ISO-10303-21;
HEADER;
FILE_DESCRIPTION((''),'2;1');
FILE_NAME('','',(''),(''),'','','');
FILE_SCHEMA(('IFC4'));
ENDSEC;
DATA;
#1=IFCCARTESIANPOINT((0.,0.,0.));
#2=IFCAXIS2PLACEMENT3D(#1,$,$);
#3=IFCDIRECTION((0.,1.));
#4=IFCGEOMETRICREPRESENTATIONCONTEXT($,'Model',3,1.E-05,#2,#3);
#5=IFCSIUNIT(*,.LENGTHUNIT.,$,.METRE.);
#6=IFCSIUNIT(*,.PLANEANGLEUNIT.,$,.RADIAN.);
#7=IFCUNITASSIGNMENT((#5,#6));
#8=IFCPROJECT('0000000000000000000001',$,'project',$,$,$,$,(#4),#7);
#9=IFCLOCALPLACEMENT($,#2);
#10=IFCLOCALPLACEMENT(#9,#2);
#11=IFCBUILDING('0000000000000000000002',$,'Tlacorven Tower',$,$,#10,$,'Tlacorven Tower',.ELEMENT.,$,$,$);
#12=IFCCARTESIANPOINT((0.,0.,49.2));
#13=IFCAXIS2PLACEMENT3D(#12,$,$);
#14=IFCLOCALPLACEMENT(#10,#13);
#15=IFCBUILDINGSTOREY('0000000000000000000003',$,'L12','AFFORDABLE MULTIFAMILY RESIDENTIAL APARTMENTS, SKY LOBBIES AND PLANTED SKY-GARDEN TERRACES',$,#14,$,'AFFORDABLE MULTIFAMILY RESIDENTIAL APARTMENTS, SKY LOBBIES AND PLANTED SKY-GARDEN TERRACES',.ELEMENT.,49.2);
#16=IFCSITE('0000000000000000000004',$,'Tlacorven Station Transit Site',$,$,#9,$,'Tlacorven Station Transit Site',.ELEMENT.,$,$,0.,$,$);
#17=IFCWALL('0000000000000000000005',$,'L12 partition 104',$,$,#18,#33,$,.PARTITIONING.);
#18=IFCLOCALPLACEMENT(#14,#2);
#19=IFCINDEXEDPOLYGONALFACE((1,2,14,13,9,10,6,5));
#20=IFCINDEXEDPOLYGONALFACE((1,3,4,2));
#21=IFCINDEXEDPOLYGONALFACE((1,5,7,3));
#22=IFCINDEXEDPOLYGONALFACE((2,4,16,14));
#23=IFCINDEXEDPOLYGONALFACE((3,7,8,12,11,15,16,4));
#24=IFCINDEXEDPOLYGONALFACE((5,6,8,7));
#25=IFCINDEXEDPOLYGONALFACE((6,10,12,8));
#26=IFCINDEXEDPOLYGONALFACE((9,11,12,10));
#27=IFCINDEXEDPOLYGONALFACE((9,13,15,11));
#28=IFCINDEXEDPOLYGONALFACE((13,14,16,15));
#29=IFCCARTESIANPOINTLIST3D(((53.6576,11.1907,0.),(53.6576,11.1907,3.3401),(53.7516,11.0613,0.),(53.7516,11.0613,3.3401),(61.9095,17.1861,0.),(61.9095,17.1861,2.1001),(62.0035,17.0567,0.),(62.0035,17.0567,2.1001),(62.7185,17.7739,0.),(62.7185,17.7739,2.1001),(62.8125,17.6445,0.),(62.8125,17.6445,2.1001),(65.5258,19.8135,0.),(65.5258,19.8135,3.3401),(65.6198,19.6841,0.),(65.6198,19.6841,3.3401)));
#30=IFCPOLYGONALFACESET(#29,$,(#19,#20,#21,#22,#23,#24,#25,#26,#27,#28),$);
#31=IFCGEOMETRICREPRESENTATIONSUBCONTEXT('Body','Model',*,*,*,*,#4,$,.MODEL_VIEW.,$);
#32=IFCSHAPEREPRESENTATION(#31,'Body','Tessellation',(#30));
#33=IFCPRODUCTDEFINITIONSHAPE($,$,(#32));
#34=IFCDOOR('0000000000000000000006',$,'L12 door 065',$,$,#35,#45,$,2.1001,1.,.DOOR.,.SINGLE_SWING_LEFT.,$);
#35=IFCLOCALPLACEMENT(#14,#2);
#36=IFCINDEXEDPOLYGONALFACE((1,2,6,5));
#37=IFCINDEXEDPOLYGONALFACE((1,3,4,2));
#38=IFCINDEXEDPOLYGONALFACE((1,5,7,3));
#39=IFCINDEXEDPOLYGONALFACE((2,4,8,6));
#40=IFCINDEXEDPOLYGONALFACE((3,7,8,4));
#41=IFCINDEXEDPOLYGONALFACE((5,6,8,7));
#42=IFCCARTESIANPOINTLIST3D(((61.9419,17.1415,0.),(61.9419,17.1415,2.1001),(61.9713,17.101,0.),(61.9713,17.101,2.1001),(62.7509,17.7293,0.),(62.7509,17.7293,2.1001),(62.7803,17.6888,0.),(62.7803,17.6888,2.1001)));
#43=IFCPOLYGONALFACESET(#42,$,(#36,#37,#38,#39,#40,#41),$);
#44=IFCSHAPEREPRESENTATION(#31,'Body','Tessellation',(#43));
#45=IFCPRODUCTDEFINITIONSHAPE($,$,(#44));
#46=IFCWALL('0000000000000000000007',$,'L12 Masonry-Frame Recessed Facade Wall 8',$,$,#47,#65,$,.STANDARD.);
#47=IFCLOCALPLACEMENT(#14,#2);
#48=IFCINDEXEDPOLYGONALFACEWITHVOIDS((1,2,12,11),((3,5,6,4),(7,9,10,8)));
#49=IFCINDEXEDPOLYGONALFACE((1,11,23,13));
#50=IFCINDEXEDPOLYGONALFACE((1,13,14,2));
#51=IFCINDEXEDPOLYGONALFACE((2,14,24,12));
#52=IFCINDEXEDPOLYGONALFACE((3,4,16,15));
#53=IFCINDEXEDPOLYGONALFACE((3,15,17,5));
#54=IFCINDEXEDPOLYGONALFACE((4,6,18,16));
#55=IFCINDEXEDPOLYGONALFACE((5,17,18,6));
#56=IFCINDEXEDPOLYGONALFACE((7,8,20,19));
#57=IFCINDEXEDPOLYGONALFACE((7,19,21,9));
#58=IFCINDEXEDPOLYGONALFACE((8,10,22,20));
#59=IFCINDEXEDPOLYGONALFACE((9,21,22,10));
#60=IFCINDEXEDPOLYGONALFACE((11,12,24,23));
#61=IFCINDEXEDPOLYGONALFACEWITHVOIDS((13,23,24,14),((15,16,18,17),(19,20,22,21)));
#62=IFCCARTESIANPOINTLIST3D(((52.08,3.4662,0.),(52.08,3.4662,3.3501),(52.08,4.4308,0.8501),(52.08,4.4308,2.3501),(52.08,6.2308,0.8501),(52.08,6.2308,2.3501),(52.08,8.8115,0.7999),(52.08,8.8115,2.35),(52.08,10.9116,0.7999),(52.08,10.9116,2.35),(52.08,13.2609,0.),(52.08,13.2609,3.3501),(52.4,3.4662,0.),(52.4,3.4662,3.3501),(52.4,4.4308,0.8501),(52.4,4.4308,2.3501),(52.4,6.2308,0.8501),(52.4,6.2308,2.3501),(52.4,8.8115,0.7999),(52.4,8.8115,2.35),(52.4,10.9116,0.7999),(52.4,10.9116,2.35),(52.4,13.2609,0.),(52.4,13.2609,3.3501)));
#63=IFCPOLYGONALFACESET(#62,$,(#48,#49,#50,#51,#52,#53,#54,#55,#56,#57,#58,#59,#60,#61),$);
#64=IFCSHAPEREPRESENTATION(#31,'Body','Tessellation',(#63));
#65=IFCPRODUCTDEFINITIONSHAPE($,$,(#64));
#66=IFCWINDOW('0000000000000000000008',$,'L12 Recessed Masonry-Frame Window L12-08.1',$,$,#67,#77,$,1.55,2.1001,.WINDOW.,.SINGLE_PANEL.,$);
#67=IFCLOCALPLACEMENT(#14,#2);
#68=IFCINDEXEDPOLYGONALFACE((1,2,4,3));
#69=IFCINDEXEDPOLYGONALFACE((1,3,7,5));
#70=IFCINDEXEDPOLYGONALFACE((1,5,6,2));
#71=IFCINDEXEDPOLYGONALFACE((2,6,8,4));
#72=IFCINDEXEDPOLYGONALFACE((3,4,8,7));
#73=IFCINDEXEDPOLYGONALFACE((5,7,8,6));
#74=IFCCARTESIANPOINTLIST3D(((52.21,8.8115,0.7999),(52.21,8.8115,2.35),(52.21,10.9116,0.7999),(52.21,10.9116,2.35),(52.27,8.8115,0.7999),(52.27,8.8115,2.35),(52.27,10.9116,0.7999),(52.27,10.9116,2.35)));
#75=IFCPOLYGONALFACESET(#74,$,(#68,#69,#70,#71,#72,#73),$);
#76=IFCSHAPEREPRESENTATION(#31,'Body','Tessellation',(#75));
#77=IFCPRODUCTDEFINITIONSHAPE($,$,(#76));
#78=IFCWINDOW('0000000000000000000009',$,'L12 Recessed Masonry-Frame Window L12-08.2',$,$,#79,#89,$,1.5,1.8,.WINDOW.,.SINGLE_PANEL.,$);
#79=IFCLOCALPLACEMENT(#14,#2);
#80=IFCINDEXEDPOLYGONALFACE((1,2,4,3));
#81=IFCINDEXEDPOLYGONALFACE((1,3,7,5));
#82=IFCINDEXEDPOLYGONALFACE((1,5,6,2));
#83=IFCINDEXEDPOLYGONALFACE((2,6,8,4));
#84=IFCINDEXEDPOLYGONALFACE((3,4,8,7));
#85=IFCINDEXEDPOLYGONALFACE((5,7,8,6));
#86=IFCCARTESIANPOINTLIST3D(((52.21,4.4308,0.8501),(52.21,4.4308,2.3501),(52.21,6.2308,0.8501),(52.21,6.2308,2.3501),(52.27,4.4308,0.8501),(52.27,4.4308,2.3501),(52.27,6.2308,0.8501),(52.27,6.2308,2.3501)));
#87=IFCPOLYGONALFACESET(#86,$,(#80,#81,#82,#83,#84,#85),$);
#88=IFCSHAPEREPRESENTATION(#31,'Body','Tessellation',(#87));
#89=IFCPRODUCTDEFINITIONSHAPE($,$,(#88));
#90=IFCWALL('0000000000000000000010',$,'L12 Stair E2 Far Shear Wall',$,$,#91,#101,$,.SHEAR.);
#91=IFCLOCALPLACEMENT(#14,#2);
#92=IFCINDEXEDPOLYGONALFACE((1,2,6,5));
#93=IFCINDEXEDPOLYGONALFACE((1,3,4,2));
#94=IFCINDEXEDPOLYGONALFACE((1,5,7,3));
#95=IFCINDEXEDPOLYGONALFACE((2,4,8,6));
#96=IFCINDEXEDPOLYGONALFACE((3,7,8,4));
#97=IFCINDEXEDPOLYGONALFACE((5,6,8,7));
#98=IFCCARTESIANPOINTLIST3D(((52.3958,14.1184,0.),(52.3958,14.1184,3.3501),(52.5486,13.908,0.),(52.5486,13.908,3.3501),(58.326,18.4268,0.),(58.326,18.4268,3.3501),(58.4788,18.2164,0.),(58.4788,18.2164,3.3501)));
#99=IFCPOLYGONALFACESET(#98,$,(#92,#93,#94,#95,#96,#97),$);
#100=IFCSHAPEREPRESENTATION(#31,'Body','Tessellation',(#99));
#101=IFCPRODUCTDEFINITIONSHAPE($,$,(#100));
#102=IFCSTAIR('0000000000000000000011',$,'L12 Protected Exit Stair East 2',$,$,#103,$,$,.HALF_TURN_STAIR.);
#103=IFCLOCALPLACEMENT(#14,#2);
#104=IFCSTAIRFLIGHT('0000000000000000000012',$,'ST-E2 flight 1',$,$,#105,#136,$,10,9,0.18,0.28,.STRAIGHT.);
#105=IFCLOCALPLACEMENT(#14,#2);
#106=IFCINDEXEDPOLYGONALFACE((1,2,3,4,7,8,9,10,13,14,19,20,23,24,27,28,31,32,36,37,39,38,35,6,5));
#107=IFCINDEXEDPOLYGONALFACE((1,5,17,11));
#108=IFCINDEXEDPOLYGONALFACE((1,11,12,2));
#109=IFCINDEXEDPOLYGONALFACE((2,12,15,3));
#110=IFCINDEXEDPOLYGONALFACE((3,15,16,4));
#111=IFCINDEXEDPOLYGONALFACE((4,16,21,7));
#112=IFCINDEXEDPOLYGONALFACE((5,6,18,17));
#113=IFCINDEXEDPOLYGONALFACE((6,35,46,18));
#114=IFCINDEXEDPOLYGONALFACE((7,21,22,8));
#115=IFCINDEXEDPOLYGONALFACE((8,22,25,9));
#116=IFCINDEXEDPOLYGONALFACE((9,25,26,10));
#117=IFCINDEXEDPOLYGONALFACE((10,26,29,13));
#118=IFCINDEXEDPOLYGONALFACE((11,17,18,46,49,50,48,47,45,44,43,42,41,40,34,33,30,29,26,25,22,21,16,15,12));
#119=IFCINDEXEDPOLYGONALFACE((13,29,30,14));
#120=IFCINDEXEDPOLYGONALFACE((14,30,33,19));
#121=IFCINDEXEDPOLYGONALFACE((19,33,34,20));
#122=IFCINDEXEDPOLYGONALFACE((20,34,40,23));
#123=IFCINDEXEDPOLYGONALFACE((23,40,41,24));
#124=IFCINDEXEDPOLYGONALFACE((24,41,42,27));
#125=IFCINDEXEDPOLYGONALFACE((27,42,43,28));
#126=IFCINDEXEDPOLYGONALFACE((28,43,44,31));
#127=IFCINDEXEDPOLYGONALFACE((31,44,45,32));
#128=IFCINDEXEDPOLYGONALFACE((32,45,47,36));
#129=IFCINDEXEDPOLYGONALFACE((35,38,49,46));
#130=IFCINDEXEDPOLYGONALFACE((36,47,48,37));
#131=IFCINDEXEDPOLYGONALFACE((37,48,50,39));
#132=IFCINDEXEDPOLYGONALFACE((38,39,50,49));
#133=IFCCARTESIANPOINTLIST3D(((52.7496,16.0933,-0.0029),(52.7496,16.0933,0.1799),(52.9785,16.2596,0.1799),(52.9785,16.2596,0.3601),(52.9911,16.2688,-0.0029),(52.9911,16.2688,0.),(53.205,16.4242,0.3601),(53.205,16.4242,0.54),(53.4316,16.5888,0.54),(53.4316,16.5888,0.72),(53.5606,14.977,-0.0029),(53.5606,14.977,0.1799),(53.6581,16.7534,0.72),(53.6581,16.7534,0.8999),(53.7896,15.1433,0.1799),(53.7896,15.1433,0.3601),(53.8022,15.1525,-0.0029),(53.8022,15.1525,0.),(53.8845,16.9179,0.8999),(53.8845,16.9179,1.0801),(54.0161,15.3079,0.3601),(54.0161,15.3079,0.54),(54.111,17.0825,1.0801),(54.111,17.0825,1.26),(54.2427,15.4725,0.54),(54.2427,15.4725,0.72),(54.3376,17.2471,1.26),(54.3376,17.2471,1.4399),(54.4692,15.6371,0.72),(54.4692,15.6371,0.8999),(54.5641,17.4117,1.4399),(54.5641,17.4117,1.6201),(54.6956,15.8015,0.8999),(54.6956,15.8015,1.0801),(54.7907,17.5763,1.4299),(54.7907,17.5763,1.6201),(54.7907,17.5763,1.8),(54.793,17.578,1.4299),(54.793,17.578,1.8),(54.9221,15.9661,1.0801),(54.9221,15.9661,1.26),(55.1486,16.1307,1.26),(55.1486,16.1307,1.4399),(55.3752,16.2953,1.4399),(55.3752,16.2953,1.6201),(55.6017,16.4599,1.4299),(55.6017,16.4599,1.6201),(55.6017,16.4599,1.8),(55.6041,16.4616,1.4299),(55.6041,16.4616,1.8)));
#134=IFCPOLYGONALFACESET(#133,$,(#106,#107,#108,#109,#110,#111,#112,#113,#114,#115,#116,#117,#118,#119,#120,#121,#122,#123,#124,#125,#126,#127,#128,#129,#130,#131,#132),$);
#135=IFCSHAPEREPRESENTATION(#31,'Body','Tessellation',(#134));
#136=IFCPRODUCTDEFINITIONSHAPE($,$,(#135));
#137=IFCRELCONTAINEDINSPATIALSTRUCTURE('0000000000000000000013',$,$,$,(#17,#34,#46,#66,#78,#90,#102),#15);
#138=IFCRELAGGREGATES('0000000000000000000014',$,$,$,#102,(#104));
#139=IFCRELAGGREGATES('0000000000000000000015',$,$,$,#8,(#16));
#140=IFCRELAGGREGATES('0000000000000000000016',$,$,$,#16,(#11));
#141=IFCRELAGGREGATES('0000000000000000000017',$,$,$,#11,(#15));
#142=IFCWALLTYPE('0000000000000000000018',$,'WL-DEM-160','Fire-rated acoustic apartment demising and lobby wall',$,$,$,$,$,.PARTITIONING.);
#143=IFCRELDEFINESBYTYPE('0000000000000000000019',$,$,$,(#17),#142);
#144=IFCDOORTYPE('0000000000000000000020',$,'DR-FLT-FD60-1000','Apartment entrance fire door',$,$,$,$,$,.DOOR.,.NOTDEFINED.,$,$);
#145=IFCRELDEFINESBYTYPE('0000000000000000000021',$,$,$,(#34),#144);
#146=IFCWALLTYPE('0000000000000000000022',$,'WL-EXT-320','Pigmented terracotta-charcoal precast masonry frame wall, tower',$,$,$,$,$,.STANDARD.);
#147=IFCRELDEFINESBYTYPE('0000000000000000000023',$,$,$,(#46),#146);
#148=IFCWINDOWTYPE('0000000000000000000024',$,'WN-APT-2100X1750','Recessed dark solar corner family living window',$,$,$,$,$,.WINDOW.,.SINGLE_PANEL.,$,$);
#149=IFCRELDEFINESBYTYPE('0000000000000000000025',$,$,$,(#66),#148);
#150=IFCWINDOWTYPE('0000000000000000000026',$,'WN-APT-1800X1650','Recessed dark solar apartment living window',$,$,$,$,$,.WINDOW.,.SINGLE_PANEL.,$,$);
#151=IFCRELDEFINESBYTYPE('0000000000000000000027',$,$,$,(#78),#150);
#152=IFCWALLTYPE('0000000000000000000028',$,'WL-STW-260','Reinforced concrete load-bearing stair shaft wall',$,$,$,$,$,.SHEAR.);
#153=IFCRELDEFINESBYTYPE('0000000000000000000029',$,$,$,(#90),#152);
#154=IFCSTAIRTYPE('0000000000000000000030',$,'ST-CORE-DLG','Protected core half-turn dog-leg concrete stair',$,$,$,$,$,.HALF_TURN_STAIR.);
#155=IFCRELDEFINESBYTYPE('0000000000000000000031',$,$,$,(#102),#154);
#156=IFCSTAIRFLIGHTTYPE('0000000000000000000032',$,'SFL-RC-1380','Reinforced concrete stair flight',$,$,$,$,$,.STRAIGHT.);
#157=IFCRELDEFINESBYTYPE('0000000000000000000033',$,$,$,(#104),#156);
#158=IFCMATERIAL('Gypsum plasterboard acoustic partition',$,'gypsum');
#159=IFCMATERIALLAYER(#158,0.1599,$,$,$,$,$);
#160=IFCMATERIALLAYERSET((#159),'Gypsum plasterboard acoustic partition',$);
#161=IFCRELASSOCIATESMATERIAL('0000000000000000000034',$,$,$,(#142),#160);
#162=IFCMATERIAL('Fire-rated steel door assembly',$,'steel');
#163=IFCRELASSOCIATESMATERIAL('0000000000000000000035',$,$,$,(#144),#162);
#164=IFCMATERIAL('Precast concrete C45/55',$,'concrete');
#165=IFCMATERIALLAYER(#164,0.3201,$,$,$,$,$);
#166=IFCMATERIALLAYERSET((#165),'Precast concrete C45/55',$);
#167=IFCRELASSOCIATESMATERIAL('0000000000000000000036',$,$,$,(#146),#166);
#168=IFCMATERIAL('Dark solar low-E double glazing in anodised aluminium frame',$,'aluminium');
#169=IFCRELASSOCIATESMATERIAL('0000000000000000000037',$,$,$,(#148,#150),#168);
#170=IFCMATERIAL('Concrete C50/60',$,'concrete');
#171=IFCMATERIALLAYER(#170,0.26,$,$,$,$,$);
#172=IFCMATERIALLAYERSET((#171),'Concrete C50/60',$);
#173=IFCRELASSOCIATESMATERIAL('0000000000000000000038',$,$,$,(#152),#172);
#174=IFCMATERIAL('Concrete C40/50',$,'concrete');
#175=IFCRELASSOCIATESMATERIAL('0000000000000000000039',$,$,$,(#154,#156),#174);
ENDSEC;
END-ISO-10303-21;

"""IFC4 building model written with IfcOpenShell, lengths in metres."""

from ifc_helpers import new_model, si_unit, direction, frame, frame_2d, origin, place, context, subcontext, project, spatial, polyline, rectangle, outline, extrude, source, transform, mapped, material, layer, layer_set, type_object, element, fill, aggregate, save


model = new_model("IFC4")

# Units and contexts
model_context = context("Model", 3, precision=1e-05, world=origin(), true_north=direction((0.0, 1.0)))
body_context = subcontext(model_context, "Body", "Model", "MODEL_VIEW")
ifc_project = project(units=[si_unit("LENGTHUNIT", "METRE"), si_unit("PLANEANGLEUNIT", "RADIAN")], contexts=[model_context])

# Site, building, storey
site_placement = place(None, origin())
site = spatial("IfcSite", under=ifc_project, at=site_placement, Name="Tlacorven Station Transit Site", LongName="Tlacorven Station Transit Site", CompositionType="ELEMENT", RefElevation=0.0)
building_placement = place(site_placement, origin())
building = spatial("IfcBuilding", under=site, at=building_placement, Name="Tlacorven Tower", LongName="Tlacorven Tower", CompositionType="ELEMENT")
storey_placement = place(building_placement, frame((0.0, 0.0, 49.2)))
storey = spatial("IfcBuildingStorey", under=building, at=storey_placement, Name="L12", Description="AFFORDABLE MULTIFAMILY RESIDENTIAL APARTMENTS, SKY LOBBIES AND PLANTED SKY-GARDEN TERRACES", LongName="AFFORDABLE MULTIFAMILY RESIDENTIAL APARTMENTS, SKY LOBBIES AND PLANTED SKY-GARDEN TERRACES", CompositionType="ELEMENT", Elevation=49.2)

# Wall, opening, door
ifc_material_1 = material(Name="Gypsum plasterboard acoustic partition", Category="gypsum")
ifc_layer_1 = layer(ifc_material_1, 0.1599)
ifc_layer_set_1 = layer_set([ifc_layer_1], Name="Gypsum plasterboard acoustic partition")
wall_type_1 = type_object("IfcWallType", Name="WL-DEM-160", Description="Fire-rated acoustic apartment demising and lobby wall", PredefinedType="PARTITIONING", material=ifc_layer_set_1)
wall_1_placement = place(storey_placement, frame((53.7046, 11.126, 0.0), z_axis=(0.0, 0.0, 1.0), x_axis=(0.809015, 0.587789, 0.0)))
wall_1 = element("IfcWall", 1, at=wall_1_placement, inside=storey, type_object=wall_type_1, Name="L12 partition 104", PredefinedType="PARTITIONING", context=body_context, shape_type="SweptSolid", body=[
    extrude(rectangle(XDim=14.6699, YDim=0.1599, at=frame_2d((7.335, 0.0))), origin(), (0.0, 0.0, 1.0), 3.3401),
])
opening_1_placement = place(wall_1_placement, frame((10.2, 0.0, 0.0)))
opening_1 = element("IfcOpeningElement", 2, at=opening_1_placement, cuts=wall_1, PredefinedType="OPENING", context=body_context, shape_type="SweptSolid", body=[
    extrude(rectangle(XDim=1.0, YDim=2.1001, at=frame_2d((0.5, 1.05))), frame((0.0, 0.0898, 0.0), z_axis=(0.0, -1.0, 0.0), x_axis=(1.0, 0.0, 0.0)), (0.0, 0.0, 1.0), 0.1799),
])
ifc_material_2 = material(Name="Fire-rated steel door assembly", Category="steel")
door_type = type_object("IfcDoorType", Name="DR-FLT-FD60-1000", Description="Apartment entrance fire door", OperationType="NOTDEFINED", PredefinedType="DOOR", material=ifc_material_2)
shared_shape_1 = source(origin(), body_context, "Body", "SweptSolid", [
    extrude(rectangle(XDim=1.0, YDim=2.1001, at=frame_2d((0.5, 1.05))), frame((0.0, 0.0249, 0.0), z_axis=(0.0, -1.0, 0.0), x_axis=(1.0, 0.0, 0.0)), (0.0, 0.0, 1.0), 0.05),
])
door_placement = place(opening_1_placement, origin())
door = element("IfcDoor", 3, at=door_placement, inside=storey, type_object=door_type, Name="L12 door 065", OperationType="SINGLE_SWING_LEFT", OverallHeight=2.1001, OverallWidth=1.0, PredefinedType="DOOR", context=body_context, shape_type="MappedRepresentation", body=[
    mapped(shared_shape_1, transform((0.0, 0.0, 0.0), scale=1.0)),
])
fill(opening_1, door)

# Wall, openings, windows
ifc_material_3 = material(Name="Precast concrete C45/55", Category="concrete")
ifc_layer_2 = layer(ifc_material_3, 0.3201)
ifc_layer_set_2 = layer_set([ifc_layer_2], Name="Precast concrete C45/55")
wall_type_2 = type_object("IfcWallType", Name="WL-EXT-320", Description="Pigmented terracotta-charcoal precast masonry frame wall, tower", PredefinedType="STANDARD", material=ifc_layer_set_2)
wall_2_placement = place(storey_placement, frame((52.24, 13.261, 0.0), z_axis=(0.0, 0.0, 1.0), x_axis=(0.0, -1.0, 0.0)))
wall_2 = element("IfcWall", 4, at=wall_2_placement, inside=storey, type_object=wall_type_2, Name="L12 Masonry-Frame Recessed Facade Wall 8", PredefinedType="STANDARD", context=body_context, shape_type="SweptSolid", body=[
    extrude(rectangle(XDim=9.7947, YDim=0.3201, at=frame_2d((4.8975, 0.0))), origin(), (0.0, 0.0, 1.0), 3.3501),
])
opening_2_placement = place(wall_2_placement, frame((2.3494, 0.0, 0.8)))
opening_2 = element("IfcOpeningElement", 5, at=opening_2_placement, cuts=wall_2, PredefinedType="OPENING", context=body_context, shape_type="SweptSolid", body=[
    extrude(rectangle(XDim=2.1001, YDim=1.55, at=frame_2d((1.05, 0.7749))), frame((0.0, 0.1699, 0.0), z_axis=(0.0, -1.0, 0.0), x_axis=(1.0, 0.0, 0.0)), (0.0, 0.0, 1.0), 0.3401),
])
opening_3_placement = place(wall_2_placement, frame((7.0303, 0.0, 0.8501)))
opening_3 = element("IfcOpeningElement", 6, at=opening_3_placement, cuts=wall_2, PredefinedType="OPENING", context=body_context, shape_type="SweptSolid", body=[
    extrude(rectangle(XDim=1.8, YDim=1.5, at=frame_2d((0.8999, 0.75))), frame((0.0, 0.1699, 0.0), z_axis=(0.0, -1.0, 0.0), x_axis=(1.0, 0.0, 0.0)), (0.0, 0.0, 1.0), 0.3401),
])
ifc_material_4 = material(Name="Dark solar low-E double glazing in anodised aluminium frame", Category="aluminium")
window_type_1 = type_object("IfcWindowType", Name="WN-APT-2100X1750", Description="Recessed dark solar corner family living window", PartitioningType="SINGLE_PANEL", PredefinedType="WINDOW", material=ifc_material_4)
shared_shape_2 = source(origin(), body_context, "Body", "SweptSolid", [
    extrude(rectangle(XDim=2.1001, YDim=1.55, at=frame_2d((1.05, 0.7749))), frame((0.0, 0.03, 0.0), z_axis=(0.0, -1.0, 0.0), x_axis=(1.0, 0.0, 0.0)), (0.0, 0.0, 1.0), 0.0601),
])
window_1_placement = place(opening_2_placement, origin())
window_1 = element("IfcWindow", 7, at=window_1_placement, inside=storey, type_object=window_type_1, Name="L12 Recessed Masonry-Frame Window L12-08.1", OverallHeight=1.55, OverallWidth=2.1001, PartitioningType="SINGLE_PANEL", PredefinedType="WINDOW", context=body_context, shape_type="MappedRepresentation", body=[
    mapped(shared_shape_2, transform((0.0, 0.0, 0.0), scale=1.0)),
])
fill(opening_2, window_1)
window_type_2 = type_object("IfcWindowType", Name="WN-APT-1800X1650", Description="Recessed dark solar apartment living window", PartitioningType="SINGLE_PANEL", PredefinedType="WINDOW", material=ifc_material_4)
shared_shape_3 = source(origin(), body_context, "Body", "SweptSolid", [
    extrude(rectangle(XDim=1.8, YDim=1.5, at=frame_2d((0.8999, 0.75))), frame((0.0, 0.03, 0.0), z_axis=(0.0, -1.0, 0.0), x_axis=(1.0, 0.0, 0.0)), (0.0, 0.0, 1.0), 0.0601),
])
window_2_placement = place(opening_3_placement, origin())
window_2 = element("IfcWindow", 8, at=window_2_placement, inside=storey, type_object=window_type_2, Name="L12 Recessed Masonry-Frame Window L12-08.2", OverallHeight=1.5, OverallWidth=1.8, PartitioningType="SINGLE_PANEL", PredefinedType="WINDOW", context=body_context, shape_type="MappedRepresentation", body=[
    mapped(shared_shape_3, transform((0.0, 0.0, 0.0), scale=1.0)),
])
fill(opening_3, window_2)

# Wall
ifc_material_5 = material(Name="Concrete C50/60", Category="concrete")
ifc_layer_3 = layer(ifc_material_5, 0.26)
ifc_layer_set_3 = layer_set([ifc_layer_3], Name="Concrete C50/60")
wall_type_3 = type_object("IfcWallType", Name="WL-STW-260", Description="Reinforced concrete load-bearing stair shaft wall", PredefinedType="SHEAR", material=ifc_layer_set_3)
wall_3_placement = place(storey_placement, frame((52.4722, 14.0132, 0.0), z_axis=(0.0, 0.0, 1.0), x_axis=(0.809028, 0.58777, 0.0)))
element("IfcWall", 9, at=wall_3_placement, inside=storey, type_object=wall_type_3, Name="L12 Stair E2 Far Shear Wall", PredefinedType="SHEAR", context=body_context, shape_type="SweptSolid", body=[
    extrude(rectangle(XDim=7.3301, YDim=0.26, at=frame_2d((3.665, 0.0))), origin(), (0.0, 0.0, 1.0), 3.3501),
])

# Stair, stair flight
ifc_material_6 = material(Name="Concrete C40/50", Category="concrete")
stair_type = type_object("IfcStairType", Name="ST-CORE-DLG", Description="Protected core half-turn dog-leg concrete stair", PredefinedType="HALF_TURN_STAIR", material=ifc_material_6)
stair_placement = place(storey_placement, origin())
stair = element("IfcStair", 10, at=stair_placement, inside=storey, type_object=stair_type, Name="L12 Protected Exit Stair East 2", PredefinedType="HALF_TURN_STAIR")
stair_flight_type = type_object("IfcStairFlightType", Name="SFL-RC-1380", Description="Reinforced concrete stair flight", PredefinedType="STRAIGHT", material=ifc_material_6)
shared_shape_4 = source(origin(), body_context, "Body", "SweptSolid", [
    extrude(outline(polyline([(-0.0029, -0.0029), (-0.0029, 0.1799), (0.28, 0.1799), (0.28, 0.3601), (0.5601, 0.3601), (0.5601, 0.54), (0.8401, 0.54), (0.8401, 0.72), (1.1201, 0.72), (1.1201, 0.8999), (1.3999, 0.8999), (1.3999, 1.0801), (1.6799, 1.0801), (1.6799, 1.26), (1.96, 1.26), (1.96, 1.4399), (2.24, 1.4399), (2.24, 1.6201), (2.52, 1.6201), (2.52, 1.8), (2.5229, 1.8), (2.5229, 1.4299), (2.52, 1.4299), (0.2957, 0.0), (0.2957, -0.0029), (-0.0029, -0.0029)])), frame((0.0, 0.6899, 0.0), z_axis=(0.0, -1.0, 0.0), x_axis=(1.0, 0.0, 0.0)), (0.0, 0.0, 1.0), 1.3799),
])
stair_flight_1_placement = place(storey_placement, frame((53.1575, 15.5369, 0.0), z_axis=(0.0, 0.0, 1.0), x_axis=(0.809017, 0.587785, 0.0)))
stair_flight_1 = element("IfcStairFlight", 11, at=stair_flight_1_placement, type_object=stair_flight_type, Name="ST-E2 flight 1", NumberOfRisers=10, NumberOfTreads=9, PredefinedType="STRAIGHT", RiserHeight=0.18, TreadLength=0.28, context=body_context, shape_type="MappedRepresentation", body=[
    mapped(shared_shape_4, transform((0.0, 0.0, 0.0), scale=1.0)),
])
aggregate(stair, [stair_flight_1])

save(model, "model.ifc")
